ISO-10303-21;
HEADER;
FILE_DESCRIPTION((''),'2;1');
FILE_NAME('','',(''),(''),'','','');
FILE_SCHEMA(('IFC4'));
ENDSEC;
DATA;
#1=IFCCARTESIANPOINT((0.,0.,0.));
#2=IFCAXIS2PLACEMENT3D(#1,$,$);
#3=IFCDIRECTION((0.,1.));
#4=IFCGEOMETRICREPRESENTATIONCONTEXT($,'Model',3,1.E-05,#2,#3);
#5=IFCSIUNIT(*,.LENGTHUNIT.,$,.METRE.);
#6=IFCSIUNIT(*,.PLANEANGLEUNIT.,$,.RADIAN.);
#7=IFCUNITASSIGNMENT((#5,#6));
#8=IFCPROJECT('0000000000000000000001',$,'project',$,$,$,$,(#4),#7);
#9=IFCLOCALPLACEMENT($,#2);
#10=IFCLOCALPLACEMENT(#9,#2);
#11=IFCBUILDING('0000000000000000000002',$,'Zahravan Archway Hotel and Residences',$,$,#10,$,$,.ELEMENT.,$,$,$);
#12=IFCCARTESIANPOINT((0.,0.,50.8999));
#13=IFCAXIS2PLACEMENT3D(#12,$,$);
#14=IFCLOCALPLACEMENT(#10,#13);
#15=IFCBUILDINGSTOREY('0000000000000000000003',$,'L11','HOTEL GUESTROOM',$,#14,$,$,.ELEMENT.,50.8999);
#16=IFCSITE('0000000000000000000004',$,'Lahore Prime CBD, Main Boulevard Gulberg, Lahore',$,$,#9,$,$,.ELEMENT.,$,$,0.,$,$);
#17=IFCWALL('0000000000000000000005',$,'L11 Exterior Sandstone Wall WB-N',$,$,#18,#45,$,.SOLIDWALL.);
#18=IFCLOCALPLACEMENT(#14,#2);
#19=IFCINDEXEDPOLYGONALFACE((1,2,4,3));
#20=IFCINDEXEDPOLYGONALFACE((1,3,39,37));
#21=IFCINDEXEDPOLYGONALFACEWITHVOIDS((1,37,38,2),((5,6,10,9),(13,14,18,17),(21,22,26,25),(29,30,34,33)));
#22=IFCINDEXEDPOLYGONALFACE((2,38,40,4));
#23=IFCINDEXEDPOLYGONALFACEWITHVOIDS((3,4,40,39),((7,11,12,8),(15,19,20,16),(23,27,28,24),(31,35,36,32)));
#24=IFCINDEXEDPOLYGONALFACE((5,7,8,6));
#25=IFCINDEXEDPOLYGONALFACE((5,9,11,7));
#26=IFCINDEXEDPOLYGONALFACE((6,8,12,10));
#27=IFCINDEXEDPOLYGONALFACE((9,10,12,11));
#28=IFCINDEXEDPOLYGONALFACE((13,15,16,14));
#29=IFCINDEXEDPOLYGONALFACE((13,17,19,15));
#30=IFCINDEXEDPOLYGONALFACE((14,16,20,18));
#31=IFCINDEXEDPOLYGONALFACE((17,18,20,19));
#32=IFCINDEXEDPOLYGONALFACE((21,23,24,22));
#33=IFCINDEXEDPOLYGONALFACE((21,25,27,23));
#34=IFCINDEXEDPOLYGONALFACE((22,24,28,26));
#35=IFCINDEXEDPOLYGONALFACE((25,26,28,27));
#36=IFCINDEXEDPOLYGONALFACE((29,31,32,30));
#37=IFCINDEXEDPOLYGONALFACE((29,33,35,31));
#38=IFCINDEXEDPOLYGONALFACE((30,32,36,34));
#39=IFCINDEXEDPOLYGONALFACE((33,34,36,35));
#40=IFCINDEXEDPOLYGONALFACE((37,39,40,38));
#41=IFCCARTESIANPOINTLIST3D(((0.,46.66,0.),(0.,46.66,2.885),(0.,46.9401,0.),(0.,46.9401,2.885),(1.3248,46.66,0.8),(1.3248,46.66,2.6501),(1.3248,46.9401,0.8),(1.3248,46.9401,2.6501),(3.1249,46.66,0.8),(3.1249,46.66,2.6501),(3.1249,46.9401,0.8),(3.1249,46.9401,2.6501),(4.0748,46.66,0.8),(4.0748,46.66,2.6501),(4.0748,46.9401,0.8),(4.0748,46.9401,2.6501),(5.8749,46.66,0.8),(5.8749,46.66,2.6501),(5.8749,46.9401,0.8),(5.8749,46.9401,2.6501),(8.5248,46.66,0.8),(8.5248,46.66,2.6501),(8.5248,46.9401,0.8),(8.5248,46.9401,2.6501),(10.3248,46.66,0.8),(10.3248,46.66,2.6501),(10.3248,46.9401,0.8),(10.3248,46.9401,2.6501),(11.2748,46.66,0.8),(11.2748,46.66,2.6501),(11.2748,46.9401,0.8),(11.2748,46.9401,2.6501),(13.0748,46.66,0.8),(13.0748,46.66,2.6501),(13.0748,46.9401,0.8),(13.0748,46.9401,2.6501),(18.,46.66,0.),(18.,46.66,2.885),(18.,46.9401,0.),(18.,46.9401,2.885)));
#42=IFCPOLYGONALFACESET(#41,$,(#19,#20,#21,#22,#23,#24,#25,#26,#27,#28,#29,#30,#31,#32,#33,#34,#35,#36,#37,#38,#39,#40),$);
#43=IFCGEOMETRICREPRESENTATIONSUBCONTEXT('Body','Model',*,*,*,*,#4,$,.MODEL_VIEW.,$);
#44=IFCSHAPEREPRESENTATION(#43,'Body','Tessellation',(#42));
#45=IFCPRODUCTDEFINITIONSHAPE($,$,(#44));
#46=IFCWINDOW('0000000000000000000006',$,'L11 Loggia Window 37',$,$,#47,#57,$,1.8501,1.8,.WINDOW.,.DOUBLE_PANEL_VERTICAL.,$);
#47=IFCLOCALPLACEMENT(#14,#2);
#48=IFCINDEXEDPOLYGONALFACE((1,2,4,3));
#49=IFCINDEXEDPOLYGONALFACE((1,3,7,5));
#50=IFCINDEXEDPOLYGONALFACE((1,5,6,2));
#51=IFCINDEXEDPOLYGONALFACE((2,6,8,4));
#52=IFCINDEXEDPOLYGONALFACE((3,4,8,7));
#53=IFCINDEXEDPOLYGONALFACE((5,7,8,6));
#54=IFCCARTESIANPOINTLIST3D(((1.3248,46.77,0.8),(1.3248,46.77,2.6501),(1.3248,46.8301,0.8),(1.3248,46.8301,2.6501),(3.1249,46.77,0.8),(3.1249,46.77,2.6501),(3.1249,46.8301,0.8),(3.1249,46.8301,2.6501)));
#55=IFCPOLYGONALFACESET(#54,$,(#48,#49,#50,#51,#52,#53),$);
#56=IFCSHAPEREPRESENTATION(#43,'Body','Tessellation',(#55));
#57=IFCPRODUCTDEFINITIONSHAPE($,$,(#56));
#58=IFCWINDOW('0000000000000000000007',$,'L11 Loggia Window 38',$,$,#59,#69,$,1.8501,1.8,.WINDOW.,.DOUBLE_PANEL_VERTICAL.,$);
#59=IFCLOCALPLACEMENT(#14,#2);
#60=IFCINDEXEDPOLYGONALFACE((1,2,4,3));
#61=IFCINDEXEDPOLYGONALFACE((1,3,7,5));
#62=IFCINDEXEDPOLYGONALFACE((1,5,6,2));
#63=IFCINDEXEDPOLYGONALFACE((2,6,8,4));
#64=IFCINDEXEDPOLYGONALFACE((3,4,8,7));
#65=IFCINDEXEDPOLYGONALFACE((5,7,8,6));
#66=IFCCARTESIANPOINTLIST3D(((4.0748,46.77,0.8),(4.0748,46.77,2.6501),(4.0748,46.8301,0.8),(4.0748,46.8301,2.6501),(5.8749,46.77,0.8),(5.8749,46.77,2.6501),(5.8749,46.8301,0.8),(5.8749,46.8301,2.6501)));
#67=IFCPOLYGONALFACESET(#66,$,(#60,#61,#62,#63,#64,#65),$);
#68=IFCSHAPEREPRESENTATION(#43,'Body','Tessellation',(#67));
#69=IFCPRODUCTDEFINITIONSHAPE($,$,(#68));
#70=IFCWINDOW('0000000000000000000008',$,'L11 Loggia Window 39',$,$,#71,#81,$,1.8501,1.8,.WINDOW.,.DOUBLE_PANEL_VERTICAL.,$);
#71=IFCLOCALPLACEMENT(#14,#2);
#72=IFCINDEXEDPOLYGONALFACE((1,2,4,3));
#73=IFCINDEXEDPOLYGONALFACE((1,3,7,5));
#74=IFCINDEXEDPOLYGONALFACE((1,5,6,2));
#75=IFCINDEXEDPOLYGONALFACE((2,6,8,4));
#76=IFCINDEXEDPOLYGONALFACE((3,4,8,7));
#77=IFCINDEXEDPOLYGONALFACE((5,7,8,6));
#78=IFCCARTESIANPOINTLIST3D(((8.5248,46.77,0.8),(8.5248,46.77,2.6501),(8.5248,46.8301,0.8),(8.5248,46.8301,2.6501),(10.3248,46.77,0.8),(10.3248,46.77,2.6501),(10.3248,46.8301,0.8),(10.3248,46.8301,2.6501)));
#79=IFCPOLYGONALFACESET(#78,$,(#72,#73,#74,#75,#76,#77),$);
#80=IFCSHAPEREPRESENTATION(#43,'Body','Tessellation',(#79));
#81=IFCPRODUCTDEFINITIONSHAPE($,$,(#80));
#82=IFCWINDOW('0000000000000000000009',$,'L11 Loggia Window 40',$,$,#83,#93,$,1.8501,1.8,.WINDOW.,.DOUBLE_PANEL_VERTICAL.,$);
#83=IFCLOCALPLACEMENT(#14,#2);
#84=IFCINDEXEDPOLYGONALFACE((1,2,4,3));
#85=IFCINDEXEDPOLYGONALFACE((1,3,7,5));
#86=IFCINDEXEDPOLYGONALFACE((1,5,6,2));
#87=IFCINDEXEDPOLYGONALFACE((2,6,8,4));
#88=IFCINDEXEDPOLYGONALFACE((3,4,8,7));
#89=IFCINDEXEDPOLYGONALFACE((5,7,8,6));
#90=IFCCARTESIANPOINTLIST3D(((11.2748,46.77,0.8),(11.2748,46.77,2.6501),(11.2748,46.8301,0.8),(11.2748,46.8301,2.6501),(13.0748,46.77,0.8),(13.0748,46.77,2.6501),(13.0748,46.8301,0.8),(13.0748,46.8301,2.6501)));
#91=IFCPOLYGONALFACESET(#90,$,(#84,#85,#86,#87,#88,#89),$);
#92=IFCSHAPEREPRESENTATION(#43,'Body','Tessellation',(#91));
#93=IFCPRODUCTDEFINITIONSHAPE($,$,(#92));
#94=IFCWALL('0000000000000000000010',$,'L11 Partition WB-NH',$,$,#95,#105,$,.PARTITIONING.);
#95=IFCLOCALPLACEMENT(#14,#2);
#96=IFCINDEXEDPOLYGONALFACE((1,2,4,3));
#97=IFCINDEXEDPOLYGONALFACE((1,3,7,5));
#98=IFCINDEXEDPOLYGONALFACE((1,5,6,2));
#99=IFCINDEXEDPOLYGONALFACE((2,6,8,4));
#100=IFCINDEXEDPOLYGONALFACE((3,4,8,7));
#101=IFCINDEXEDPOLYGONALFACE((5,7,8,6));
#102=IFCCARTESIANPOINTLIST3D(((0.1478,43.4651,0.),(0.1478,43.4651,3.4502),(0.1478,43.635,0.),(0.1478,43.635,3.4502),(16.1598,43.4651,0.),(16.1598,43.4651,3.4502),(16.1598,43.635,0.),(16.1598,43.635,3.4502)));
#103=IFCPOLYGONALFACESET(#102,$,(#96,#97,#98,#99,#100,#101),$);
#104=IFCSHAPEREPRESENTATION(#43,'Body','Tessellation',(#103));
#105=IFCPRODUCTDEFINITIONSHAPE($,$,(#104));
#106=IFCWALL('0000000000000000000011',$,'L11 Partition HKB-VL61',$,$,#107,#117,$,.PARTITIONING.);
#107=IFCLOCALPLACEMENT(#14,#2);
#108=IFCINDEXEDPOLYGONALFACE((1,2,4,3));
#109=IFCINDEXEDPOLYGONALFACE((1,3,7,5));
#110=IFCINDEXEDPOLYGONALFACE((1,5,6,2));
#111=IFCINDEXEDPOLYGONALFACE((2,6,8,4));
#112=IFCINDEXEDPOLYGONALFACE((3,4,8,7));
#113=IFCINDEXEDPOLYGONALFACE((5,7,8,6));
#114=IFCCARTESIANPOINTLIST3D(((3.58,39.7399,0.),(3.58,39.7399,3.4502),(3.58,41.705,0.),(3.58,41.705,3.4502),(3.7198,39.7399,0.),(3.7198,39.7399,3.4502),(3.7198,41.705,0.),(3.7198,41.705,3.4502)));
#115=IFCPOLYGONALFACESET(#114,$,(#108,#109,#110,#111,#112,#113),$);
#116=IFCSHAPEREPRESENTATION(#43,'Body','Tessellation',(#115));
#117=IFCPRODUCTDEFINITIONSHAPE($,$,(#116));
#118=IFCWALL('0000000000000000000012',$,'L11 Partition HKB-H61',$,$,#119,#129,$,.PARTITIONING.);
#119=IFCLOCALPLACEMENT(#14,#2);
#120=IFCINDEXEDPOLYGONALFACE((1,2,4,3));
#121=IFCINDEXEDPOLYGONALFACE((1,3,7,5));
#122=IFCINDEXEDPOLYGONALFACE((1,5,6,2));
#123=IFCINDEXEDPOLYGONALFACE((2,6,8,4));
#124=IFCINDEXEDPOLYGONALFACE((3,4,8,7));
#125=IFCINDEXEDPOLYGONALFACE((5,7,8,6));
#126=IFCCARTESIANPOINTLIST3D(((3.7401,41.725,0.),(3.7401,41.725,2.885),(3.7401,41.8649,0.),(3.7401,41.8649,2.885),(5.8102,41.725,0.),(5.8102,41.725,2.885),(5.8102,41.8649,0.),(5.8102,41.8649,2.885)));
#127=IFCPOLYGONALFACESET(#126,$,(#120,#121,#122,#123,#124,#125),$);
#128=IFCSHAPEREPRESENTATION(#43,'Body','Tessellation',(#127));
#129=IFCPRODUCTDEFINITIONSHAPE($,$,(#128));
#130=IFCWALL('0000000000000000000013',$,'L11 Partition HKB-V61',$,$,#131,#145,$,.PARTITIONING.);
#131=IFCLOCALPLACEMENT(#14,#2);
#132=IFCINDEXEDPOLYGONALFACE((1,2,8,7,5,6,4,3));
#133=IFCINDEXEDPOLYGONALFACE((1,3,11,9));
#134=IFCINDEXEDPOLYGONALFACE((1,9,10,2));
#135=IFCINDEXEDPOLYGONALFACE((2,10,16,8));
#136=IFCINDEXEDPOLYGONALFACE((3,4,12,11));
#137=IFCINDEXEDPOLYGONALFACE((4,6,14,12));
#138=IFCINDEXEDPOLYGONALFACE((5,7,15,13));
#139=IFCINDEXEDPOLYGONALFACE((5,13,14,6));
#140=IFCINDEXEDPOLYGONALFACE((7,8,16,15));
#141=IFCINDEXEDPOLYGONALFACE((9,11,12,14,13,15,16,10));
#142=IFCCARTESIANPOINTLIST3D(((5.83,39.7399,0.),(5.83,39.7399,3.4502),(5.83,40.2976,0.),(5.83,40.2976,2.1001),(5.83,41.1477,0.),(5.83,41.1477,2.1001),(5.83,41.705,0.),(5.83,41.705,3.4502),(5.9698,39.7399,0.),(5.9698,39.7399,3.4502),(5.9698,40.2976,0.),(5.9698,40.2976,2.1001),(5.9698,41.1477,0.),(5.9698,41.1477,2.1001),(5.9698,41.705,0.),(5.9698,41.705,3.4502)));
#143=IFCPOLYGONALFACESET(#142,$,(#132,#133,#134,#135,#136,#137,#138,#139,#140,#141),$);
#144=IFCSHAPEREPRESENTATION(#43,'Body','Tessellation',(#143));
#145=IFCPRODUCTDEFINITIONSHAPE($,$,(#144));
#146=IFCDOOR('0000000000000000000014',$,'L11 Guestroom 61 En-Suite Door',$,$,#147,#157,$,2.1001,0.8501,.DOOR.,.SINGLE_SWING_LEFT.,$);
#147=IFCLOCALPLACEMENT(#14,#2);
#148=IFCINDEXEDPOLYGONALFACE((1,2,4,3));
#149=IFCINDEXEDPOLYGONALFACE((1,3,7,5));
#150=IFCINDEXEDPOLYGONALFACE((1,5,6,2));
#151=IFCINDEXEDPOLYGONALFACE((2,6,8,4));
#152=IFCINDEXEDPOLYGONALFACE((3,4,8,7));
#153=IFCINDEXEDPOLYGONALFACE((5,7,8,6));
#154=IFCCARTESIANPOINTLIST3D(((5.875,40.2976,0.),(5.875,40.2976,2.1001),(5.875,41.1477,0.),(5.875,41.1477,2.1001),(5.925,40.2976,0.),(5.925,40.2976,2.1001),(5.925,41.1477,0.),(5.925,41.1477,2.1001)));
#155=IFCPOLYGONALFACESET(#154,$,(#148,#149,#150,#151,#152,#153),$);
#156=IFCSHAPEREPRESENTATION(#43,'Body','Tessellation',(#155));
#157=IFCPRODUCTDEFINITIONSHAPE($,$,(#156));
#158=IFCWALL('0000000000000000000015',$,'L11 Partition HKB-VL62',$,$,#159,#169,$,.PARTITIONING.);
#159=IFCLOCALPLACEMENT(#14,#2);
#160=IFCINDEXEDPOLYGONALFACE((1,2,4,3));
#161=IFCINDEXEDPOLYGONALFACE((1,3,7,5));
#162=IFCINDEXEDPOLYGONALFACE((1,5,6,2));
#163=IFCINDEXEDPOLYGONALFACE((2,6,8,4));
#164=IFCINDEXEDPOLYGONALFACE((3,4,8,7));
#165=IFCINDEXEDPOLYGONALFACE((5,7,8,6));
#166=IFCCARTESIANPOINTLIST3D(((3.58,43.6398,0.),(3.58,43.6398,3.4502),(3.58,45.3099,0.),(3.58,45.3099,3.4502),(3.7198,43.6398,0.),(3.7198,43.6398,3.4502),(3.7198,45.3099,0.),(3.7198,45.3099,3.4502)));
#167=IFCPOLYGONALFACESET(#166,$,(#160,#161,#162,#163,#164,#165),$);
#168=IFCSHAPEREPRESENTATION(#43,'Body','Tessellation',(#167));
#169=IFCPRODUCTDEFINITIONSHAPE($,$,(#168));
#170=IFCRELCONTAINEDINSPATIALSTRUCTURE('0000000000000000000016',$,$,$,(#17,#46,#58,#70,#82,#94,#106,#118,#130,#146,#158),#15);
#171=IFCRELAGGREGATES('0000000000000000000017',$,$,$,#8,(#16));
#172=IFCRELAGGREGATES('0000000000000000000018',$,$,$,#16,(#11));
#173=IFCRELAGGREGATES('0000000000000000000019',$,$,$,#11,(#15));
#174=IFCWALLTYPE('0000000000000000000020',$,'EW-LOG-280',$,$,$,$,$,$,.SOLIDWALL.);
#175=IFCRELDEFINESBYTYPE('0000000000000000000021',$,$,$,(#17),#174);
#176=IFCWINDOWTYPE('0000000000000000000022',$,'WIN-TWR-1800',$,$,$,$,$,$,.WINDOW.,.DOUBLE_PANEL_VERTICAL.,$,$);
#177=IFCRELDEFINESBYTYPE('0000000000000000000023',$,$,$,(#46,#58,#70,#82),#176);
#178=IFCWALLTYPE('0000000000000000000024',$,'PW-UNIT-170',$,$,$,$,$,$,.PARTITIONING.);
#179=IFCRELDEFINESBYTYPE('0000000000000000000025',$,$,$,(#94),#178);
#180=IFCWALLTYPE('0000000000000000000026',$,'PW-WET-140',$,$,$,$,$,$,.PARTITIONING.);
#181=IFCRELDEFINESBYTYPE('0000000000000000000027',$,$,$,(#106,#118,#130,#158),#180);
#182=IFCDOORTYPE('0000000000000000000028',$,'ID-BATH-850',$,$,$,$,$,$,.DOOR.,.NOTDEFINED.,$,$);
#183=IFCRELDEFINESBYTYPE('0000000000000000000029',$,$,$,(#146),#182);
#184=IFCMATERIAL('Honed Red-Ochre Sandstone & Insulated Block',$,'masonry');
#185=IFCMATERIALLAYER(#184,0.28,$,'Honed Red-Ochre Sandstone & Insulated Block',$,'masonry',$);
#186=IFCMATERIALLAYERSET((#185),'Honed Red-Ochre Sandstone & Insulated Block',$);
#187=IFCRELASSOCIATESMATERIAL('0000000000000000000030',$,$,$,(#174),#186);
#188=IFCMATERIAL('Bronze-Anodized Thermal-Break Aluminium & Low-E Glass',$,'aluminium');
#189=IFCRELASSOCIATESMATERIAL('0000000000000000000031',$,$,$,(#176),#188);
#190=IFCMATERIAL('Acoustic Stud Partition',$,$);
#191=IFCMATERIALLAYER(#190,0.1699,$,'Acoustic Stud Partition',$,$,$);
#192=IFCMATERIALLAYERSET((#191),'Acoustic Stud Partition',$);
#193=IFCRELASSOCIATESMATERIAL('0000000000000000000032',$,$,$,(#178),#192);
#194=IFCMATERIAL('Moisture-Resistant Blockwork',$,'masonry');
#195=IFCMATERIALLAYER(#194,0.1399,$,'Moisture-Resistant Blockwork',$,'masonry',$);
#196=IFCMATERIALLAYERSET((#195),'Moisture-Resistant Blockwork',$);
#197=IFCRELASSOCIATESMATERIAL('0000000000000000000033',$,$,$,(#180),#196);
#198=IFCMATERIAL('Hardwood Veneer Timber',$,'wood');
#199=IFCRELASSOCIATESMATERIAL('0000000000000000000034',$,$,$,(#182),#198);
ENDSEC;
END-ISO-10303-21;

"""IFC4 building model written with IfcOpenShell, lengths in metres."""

from ifc_helpers import new_model, si_unit, direction, frame, frame_2d, origin, place, context, subcontext, project, spatial, rectangle, extrude, source, transform, mapped, material, layer, layer_set, type_object, type_shapes, element, fill, save


model = new_model("IFC4")

# Units and contexts
model_context = context("Model", 3, precision=1e-05, world=origin(), true_north=direction((0.0, 1.0)))
body_context = subcontext(model_context, "Body", "Model", "MODEL_VIEW")
ifc_project = project(units=[si_unit("LENGTHUNIT", "METRE"), si_unit("PLANEANGLEUNIT", "RADIAN")], contexts=[model_context])

# Site, building, storey
site_placement = place(None, origin())
site = spatial("IfcSite", under=ifc_project, at=site_placement, Name="Lahore Prime CBD, Main Boulevard Gulberg, Lahore", CompositionType="ELEMENT", RefElevation=0.0)
building_placement = place(site_placement, origin())
building = spatial("IfcBuilding", under=site, at=building_placement, Name="Zahravan Archway Hotel and Residences", CompositionType="ELEMENT")
storey_placement = place(building_placement, frame((0.0, 0.0, 50.8999)))
storey = spatial("IfcBuildingStorey", under=building, at=storey_placement, Name="L11", Description="HOTEL GUESTROOM", CompositionType="ELEMENT", Elevation=50.8999)

# Wall, openings, windows
ifc_material_1 = material(Name="Honed Red-Ochre Sandstone & Insulated Block", Category="masonry")
ifc_layer_1 = layer(ifc_material_1, 0.28, Name="Honed Red-Ochre Sandstone & Insulated Block", Category="masonry")
ifc_layer_set_1 = layer_set([ifc_layer_1], Name="Honed Red-Ochre Sandstone & Insulated Block")
wall_type_1 = type_object("IfcWallType", Name="EW-LOG-280", PredefinedType="SOLIDWALL", material=ifc_layer_set_1)
wall_1_placement = place(storey_placement, frame((0.0, 46.8, 0.0), z_axis=(0.0, 0.0, 1.0), x_axis=(1.0, 0.0, 0.0)))
wall_1 = element("IfcWall", 1, at=wall_1_placement, inside=storey, type_object=wall_type_1, Name="L11 Exterior Sandstone Wall WB-N", PredefinedType="SOLIDWALL", context=body_context, shape_type="SweptSolid", body=[
    extrude(rectangle(XDim=18.0, YDim=0.28, at=frame_2d((9.0, 0.0))), origin(), (0.0, 0.0, 1.0), 2.885),
])
opening_1_placement = place(wall_1_placement, frame((1.325, 0.0, 0.8)))
opening_1 = element("IfcOpeningElement", 2, at=opening_1_placement, cuts=wall_1, PredefinedType="OPENING", context=body_context, shape_type="SweptSolid", body=[
    extrude(rectangle(XDim=1.8, YDim=1.8501, at=frame_2d((0.8999, 0.925))), frame((0.0, 0.1499, 0.0), z_axis=(0.0, -1.0, 0.0), x_axis=(1.0, 0.0, 0.0)), (0.0, 0.0, 1.0), 0.3),
])
opening_2_placement = place(wall_1_placement, frame((4.075, 0.0, 0.8)))
opening_2 = element("IfcOpeningElement", 3, at=opening_2_placement, cuts=wall_1, PredefinedType="OPENING", context=body_context, shape_type="SweptSolid", body=[
    extrude(rectangle(XDim=1.8, YDim=1.8501, at=frame_2d((0.8999, 0.925))), frame((0.0, 0.1499, 0.0), z_axis=(0.0, -1.0, 0.0), x_axis=(1.0, 0.0, 0.0)), (0.0, 0.0, 1.0), 0.3),
])
opening_3_placement = place(wall_1_placement, frame((8.5249, 0.0, 0.8)))
opening_3 = element("IfcOpeningElement", 4, at=opening_3_placement, cuts=wall_1, PredefinedType="OPENING", context=body_context, shape_type="SweptSolid", body=[
    extrude(rectangle(XDim=1.8, YDim=1.8501, at=frame_2d((0.8999, 0.925))), frame((0.0, 0.1499, 0.0), z_axis=(0.0, -1.0, 0.0), x_axis=(1.0, 0.0, 0.0)), (0.0, 0.0, 1.0), 0.3),
])
opening_4_placement = place(wall_1_placement, frame((11.2749, 0.0, 0.8)))
opening_4 = element("IfcOpeningElement", 5, at=opening_4_placement, cuts=wall_1, PredefinedType="OPENING", context=body_context, shape_type="SweptSolid", body=[
    extrude(rectangle(XDim=1.8, YDim=1.8501, at=frame_2d((0.8999, 0.925))), frame((0.0, 0.1499, 0.0), z_axis=(0.0, -1.0, 0.0), x_axis=(1.0, 0.0, 0.0)), (0.0, 0.0, 1.0), 0.3),
])
ifc_material_2 = material(Name="Bronze-Anodized Thermal-Break Aluminium & Low-E Glass", Category="aluminium")
window_type = type_object("IfcWindowType", Name="WIN-TWR-1800", PartitioningType="DOUBLE_PANEL_VERTICAL", PredefinedType="WINDOW", material=ifc_material_2)
shared_shape_1 = source(origin(), body_context, "Body", "SweptSolid", [
    extrude(rectangle(XDim=1.8, YDim=1.8501, at=frame_2d((0.8999, 0.925))), frame((0.0, 0.03, 0.0), z_axis=(0.0, -1.0, 0.0), x_axis=(1.0, 0.0, 0.0)), (0.0, 0.0, 1.0), 0.0601),
])
type_shapes(window_type, [shared_shape_1])
window_1_placement = place(opening_1_placement, origin())
window_1 = element("IfcWindow", 6, at=window_1_placement, inside=storey, type_object=window_type, Name="L11 Loggia Window 37", OverallHeight=1.8501, OverallWidth=1.8, PartitioningType="DOUBLE_PANEL_VERTICAL", PredefinedType="WINDOW", context=body_context, shape_type="MappedRepresentation", body=[
    mapped(shared_shape_1, transform((0.0, 0.0, 0.0), scale=1.0)),
])
fill(opening_1, window_1)
window_2_placement = place(opening_2_placement, origin())
window_2 = element("IfcWindow", 7, at=window_2_placement, inside=storey, type_object=window_type, Name="L11 Loggia Window 38", OverallHeight=1.8501, OverallWidth=1.8, PartitioningType="DOUBLE_PANEL_VERTICAL", PredefinedType="WINDOW", context=body_context, shape_type="MappedRepresentation", body=[
    mapped(shared_shape_1, transform((0.0, 0.0, 0.0), scale=1.0)),
])
fill(opening_2, window_2)
window_3_placement = place(opening_3_placement, origin())
window_3 = element("IfcWindow", 8, at=window_3_placement, inside=storey, type_object=window_type, Name="L11 Loggia Window 39", OverallHeight=1.8501, OverallWidth=1.8, PartitioningType="DOUBLE_PANEL_VERTICAL", PredefinedType="WINDOW", context=body_context, shape_type="MappedRepresentation", body=[
    mapped(shared_shape_1, transform((0.0, 0.0, 0.0), scale=1.0)),
])
fill(opening_3, window_3)
window_4_placement = place(opening_4_placement, origin())
window_4 = element("IfcWindow", 9, at=window_4_placement, inside=storey, type_object=window_type, Name="L11 Loggia Window 40", OverallHeight=1.8501, OverallWidth=1.8, PartitioningType="DOUBLE_PANEL_VERTICAL", PredefinedType="WINDOW", context=body_context, shape_type="MappedRepresentation", body=[
    mapped(shared_shape_1, transform((0.0, 0.0, 0.0), scale=1.0)),
])
fill(opening_4, window_4)

# Shared definitions
ifc_material_3 = material(Name="Acoustic Stud Partition")
ifc_layer_2 = layer(ifc_material_3, 0.1699, Name="Acoustic Stud Partition")
ifc_layer_set_2 = layer_set([ifc_layer_2], Name="Acoustic Stud Partition")
wall_type_2 = type_object("IfcWallType", Name="PW-UNIT-170", PredefinedType="PARTITIONING", material=ifc_layer_set_2)
ifc_material_4 = material(Name="Hardwood Veneer Timber", Category="wood")

# Walls
wall_2_placement = place(storey_placement, frame((0.1479, 43.55, 0.0), z_axis=(0.0, 0.0, 1.0), x_axis=(1.0, 0.0, 0.0)))
element("IfcWall", 10, at=wall_2_placement, inside=storey, type_object=wall_type_2, Name="L11 Partition WB-NH", PredefinedType="PARTITIONING", context=body_context, shape_type="SweptSolid", body=[
    extrude(rectangle(XDim=16.012, YDim=0.1699, at=frame_2d((8.0059, 0.0))), origin(), (0.0, 0.0, 1.0), 3.4502),
])
ifc_material_5 = material(Name="Moisture-Resistant Blockwork", Category="masonry")
ifc_layer_3 = layer(ifc_material_5, 0.1399, Name="Moisture-Resistant Blockwork", Category="masonry")
ifc_layer_set_3 = layer_set([ifc_layer_3], Name="Moisture-Resistant Blockwork")
wall_type_3 = type_object("IfcWallType", Name="PW-WET-140", PredefinedType="PARTITIONING", material=ifc_layer_set_3)
wall_3_placement = place(storey_placement, frame((3.6499, 39.74, 0.0), z_axis=(0.0, 0.0, 1.0), x_axis=(0.0, 1.0, 0.0)))
element("IfcWall", 11, at=wall_3_placement, inside=storey, type_object=wall_type_3, Name="L11 Partition HKB-VL61", PredefinedType="PARTITIONING", context=body_context, shape_type="SweptSolid", body=[
    extrude(rectangle(XDim=1.9651, YDim=0.1399, at=frame_2d((0.9824, 0.0))), origin(), (0.0, 0.0, 1.0), 3.4502),
])
wall_4_placement = place(storey_placement, frame((3.74, 41.7949, 0.0), z_axis=(0.0, 0.0, 1.0), x_axis=(1.0, 0.0, 0.0)))
element("IfcWall", 12, at=wall_4_placement, inside=storey, type_object=wall_type_3, Name="L11 Partition HKB-H61", PredefinedType="PARTITIONING", context=body_context, shape_type="SweptSolid", body=[
    extrude(rectangle(XDim=2.0701, YDim=0.1399, at=frame_2d((1.0352, 0.0))), origin(), (0.0, 0.0, 1.0), 2.885),
])

# Wall, opening, door
wall_5_placement = place(storey_placement, frame((5.8999, 39.74, 0.0), z_axis=(0.0, 0.0, 1.0), x_axis=(0.0, 1.0, 0.0)))
wall_5 = element("IfcWall", 13, at=wall_5_placement, inside=storey, type_object=wall_type_3, Name="L11 Partition HKB-V61", PredefinedType="PARTITIONING", context=body_context, shape_type="SweptSolid", body=[
    extrude(rectangle(XDim=1.9651, YDim=0.1399, at=frame_2d((0.9824, 0.0))), origin(), (0.0, 0.0, 1.0), 3.4502),
])
opening_5_placement = place(wall_5_placement, frame((0.5576, 0.0, 0.0)))
opening_5 = element("IfcOpeningElement", 14, at=opening_5_placement, cuts=wall_5, PredefinedType="OPENING", context=body_context, shape_type="SweptSolid", body=[
    extrude(rectangle(XDim=0.8501, YDim=2.1001, at=frame_2d((0.425, 1.05))), frame((0.0, 0.0801, 0.0), z_axis=(0.0, -1.0, 0.0), x_axis=(1.0, 0.0, 0.0)), (0.0, 0.0, 1.0), 0.1599),
])
door_type_1 = type_object("IfcDoorType", Name="ID-BATH-850", OperationType="NOTDEFINED", PredefinedType="DOOR", material=ifc_material_4)
shared_shape_2 = source(origin(), body_context, "Body", "SweptSolid", [
    extrude(rectangle(XDim=0.8501, YDim=2.1001, at=frame_2d((0.425, 1.05))), frame((0.0, 0.0249, 0.0), z_axis=(0.0, -1.0, 0.0), x_axis=(1.0, 0.0, 0.0)), (0.0, 0.0, 1.0), 0.05),
])
type_shapes(door_type_1, [shared_shape_2])
door_1_placement = place(opening_5_placement, origin())
door_1 = element("IfcDoor", 15, at=door_1_placement, inside=storey, type_object=door_type_1, Name="L11 Guestroom 61 En-Suite Door", OperationType="SINGLE_SWING_LEFT", OverallHeight=2.1001, OverallWidth=0.8501, PredefinedType="DOOR", context=body_context, shape_type="MappedRepresentation", body=[
    mapped(shared_shape_2, transform((0.0, 0.0, 0.0), scale=1.0)),
])
fill(opening_5, door_1)

# Wall
wall_6_placement = place(storey_placement, frame((3.6499, 43.6399, 0.0), z_axis=(0.0, 0.0, 1.0), x_axis=(0.0, 1.0, 0.0)))
element("IfcWall", 16, at=wall_6_placement, inside=storey, type_object=wall_type_3, Name="L11 Partition HKB-VL62", PredefinedType="PARTITIONING", context=body_context, shape_type="SweptSolid", body=[
    extrude(rectangle(XDim=1.6702, YDim=0.1399, at=frame_2d((0.835, 0.0))), origin(), (0.0, 0.0, 1.0), 3.4502),
])

save(model, "model.ifc")
